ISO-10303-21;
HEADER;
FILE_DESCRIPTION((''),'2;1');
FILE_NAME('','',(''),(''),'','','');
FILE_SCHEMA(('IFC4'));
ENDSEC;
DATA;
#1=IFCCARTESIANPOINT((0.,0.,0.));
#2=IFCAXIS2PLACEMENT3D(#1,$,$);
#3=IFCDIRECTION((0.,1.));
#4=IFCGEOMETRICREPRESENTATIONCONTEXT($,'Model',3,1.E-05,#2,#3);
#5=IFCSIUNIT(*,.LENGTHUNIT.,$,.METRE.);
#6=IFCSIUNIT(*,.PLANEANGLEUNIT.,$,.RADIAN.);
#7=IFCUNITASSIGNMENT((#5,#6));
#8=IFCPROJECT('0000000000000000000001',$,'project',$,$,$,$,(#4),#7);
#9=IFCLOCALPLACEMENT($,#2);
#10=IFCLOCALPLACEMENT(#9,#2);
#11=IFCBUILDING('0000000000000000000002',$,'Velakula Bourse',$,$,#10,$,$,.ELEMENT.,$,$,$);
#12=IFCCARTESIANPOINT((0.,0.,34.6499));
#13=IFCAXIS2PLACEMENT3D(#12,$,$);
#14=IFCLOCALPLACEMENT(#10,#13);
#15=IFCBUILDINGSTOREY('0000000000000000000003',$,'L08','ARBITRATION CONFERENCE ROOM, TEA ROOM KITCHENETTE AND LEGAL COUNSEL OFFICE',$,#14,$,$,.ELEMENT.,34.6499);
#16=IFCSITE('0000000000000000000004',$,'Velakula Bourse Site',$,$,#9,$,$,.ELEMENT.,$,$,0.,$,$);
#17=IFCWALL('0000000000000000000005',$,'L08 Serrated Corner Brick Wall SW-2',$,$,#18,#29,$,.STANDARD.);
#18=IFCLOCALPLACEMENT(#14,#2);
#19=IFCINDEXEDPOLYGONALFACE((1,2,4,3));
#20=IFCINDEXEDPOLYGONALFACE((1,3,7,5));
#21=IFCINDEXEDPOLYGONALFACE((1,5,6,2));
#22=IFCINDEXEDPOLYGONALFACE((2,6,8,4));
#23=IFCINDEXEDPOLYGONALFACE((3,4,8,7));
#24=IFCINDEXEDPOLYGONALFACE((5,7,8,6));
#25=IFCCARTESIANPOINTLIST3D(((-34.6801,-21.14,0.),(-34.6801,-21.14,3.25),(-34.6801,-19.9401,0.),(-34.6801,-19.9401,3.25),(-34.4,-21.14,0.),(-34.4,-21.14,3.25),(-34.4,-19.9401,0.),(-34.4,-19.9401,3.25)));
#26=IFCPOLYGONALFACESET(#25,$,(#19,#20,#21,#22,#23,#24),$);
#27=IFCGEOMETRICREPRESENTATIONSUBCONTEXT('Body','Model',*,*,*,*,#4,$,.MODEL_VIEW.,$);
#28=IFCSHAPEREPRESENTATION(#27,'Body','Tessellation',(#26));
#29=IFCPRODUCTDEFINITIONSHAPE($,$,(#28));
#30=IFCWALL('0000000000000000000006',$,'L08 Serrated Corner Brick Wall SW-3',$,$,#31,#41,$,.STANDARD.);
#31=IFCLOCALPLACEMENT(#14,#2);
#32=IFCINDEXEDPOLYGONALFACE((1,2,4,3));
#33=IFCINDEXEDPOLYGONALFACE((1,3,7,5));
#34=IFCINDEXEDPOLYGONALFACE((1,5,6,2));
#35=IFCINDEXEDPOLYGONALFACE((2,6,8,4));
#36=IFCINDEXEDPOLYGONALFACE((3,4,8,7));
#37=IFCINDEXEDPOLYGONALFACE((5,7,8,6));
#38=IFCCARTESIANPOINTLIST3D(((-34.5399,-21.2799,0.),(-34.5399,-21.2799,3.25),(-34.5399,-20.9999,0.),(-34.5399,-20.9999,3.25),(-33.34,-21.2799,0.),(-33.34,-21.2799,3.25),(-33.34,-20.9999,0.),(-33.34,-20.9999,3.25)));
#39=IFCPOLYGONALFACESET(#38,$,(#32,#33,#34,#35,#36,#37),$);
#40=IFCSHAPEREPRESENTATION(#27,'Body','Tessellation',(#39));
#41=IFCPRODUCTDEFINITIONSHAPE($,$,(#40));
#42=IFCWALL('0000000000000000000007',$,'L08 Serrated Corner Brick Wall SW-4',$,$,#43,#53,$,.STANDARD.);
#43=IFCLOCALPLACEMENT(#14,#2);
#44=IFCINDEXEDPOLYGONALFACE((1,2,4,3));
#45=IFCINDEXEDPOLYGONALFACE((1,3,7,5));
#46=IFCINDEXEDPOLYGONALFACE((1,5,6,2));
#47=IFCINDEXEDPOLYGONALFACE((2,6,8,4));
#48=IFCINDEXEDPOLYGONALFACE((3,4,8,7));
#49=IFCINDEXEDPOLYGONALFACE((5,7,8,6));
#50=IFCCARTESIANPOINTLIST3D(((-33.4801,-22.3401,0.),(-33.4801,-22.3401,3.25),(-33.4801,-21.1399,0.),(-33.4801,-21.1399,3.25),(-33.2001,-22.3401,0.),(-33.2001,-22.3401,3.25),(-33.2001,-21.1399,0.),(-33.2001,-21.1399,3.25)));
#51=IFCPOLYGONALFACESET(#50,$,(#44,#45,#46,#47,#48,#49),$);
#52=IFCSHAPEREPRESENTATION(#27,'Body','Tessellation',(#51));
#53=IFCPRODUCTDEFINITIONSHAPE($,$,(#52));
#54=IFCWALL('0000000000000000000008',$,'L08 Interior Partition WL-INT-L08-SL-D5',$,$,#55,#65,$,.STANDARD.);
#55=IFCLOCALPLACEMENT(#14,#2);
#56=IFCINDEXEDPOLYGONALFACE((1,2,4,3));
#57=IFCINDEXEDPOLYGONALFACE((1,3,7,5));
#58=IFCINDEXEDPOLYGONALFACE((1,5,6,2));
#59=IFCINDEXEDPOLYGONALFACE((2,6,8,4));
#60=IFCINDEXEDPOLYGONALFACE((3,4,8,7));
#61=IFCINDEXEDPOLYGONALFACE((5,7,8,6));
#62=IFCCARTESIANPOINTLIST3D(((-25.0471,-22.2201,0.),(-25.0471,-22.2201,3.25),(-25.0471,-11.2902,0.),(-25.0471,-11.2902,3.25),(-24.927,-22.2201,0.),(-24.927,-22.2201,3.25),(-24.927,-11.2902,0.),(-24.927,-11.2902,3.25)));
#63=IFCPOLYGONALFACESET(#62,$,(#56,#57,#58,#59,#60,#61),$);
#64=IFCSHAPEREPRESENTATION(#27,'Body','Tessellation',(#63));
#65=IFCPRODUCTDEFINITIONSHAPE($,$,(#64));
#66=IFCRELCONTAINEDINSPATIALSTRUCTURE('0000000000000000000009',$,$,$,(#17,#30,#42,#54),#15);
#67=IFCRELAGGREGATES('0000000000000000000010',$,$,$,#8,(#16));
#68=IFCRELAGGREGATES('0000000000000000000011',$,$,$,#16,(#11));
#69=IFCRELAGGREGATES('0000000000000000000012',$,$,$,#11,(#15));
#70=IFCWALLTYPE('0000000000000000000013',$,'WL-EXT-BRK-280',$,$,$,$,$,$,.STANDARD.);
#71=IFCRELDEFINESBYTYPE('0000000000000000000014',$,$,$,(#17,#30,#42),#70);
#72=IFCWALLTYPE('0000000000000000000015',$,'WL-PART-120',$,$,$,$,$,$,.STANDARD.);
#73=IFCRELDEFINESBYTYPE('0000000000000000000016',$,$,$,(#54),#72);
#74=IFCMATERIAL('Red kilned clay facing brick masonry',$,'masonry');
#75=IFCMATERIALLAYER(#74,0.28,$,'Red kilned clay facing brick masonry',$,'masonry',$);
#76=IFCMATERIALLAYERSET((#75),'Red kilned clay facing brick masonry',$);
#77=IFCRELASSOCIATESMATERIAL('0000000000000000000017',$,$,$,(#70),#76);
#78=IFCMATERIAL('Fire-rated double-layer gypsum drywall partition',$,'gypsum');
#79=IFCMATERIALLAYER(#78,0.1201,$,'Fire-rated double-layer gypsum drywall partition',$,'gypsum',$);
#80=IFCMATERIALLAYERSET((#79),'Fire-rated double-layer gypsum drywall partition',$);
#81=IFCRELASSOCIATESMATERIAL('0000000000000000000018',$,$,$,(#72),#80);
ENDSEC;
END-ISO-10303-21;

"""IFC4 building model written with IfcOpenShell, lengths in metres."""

from ifc_helpers import new_model, si_unit, direction, frame, frame_2d, origin, place, context, subcontext, project, spatial, rectangle, extrude, material, layer, layer_set, type_object, element, save


model = new_model("IFC4")

# Units and contexts
model_context = context("Model", 3, precision=1e-05, world=origin(), true_north=direction((0.0, 1.0)))
body_context = subcontext(model_context, "Body", "Model", "MODEL_VIEW")
ifc_project = project(units=[si_unit("LENGTHUNIT", "METRE"), si_unit("PLANEANGLEUNIT", "RADIAN")], contexts=[model_context])

# Site, building, storey
site_placement = place(None, origin())
site = spatial("IfcSite", under=ifc_project, at=site_placement, Name="Velakula Bourse Site", CompositionType="ELEMENT", RefElevation=0.0)
building_placement = place(site_placement, origin())
building = spatial("IfcBuilding", under=site, at=building_placement, Name="Velakula Bourse", CompositionType="ELEMENT")
storey_placement = place(building_placement, frame((0.0, 0.0, 34.6499)))
storey = spatial("IfcBuildingStorey", under=building, at=storey_placement, Name="L08", Description="ARBITRATION CONFERENCE ROOM, TEA ROOM KITCHENETTE AND LEGAL COUNSEL OFFICE", CompositionType="ELEMENT", Elevation=34.6499)

# Shared definitions
ifc_material_1 = material(Name="Red kilned clay facing brick masonry", Category="masonry")
ifc_layer_1 = layer(ifc_material_1, 0.28, Name="Red kilned clay facing brick masonry", Category="masonry")
ifc_layer_set_1 = layer_set([ifc_layer_1], Name="Red kilned clay facing brick masonry")
wall_type_1 = type_object("IfcWallType", Name="WL-EXT-BRK-280", PredefinedType="STANDARD", material=ifc_layer_set_1)

# Walls
for number, where, z_axis, x_axis, name in (
    (1, (-34.54, -19.9399, 0.0), (0.0, 0.0, 1.0), (0.0, -1.0, 0.0), "L08 Serrated Corner Brick Wall SW-2"),
    (2, (-34.54, -21.1399, 0.0), (0.0, 0.0, 1.0), (1.0, 0.0, 0.0), "L08 Serrated Corner Brick Wall SW-3"),
):
    element("IfcWall", number, at=place(storey_placement, frame(where, z_axis=z_axis, x_axis=x_axis)), inside=storey, type_object=wall_type_1, Name=name, PredefinedType="STANDARD", context=body_context, shape_type="SweptSolid", body=[
        extrude(rectangle(XDim=1.2, YDim=0.28, at=frame_2d((0.6001, 0.0))), origin(), (0.0, 0.0, 1.0), 3.25),
    ])
wall_1_placement = place(storey_placement, frame((-33.3401, -21.1399, 0.0), z_axis=(0.0, 0.0, 1.0), x_axis=(0.0, -1.0, 0.0)))
element("IfcWall", 3, at=wall_1_placement, inside=storey, type_object=wall_type_1, Name="L08 Serrated Corner Brick Wall SW-4", PredefinedType="STANDARD", context=body_context, shape_type="SweptSolid", body=[
    extrude(rectangle(XDim=1.2002, YDim=0.28, at=frame_2d((0.6001, 0.0))), origin(), (0.0, 0.0, 1.0), 3.25),
])
ifc_material_2 = material(Name="Fire-rated double-layer gypsum drywall partition", Category="gypsum")
ifc_layer_2 = layer(ifc_material_2, 0.1201, Name="Fire-rated double-layer gypsum drywall partition", Category="gypsum")
ifc_layer_set_2 = layer_set([ifc_layer_2], Name="Fire-rated double-layer gypsum drywall partition")
wall_type_2 = type_object("IfcWallType", Name="WL-PART-120", PredefinedType="STANDARD", material=ifc_layer_set_2)
wall_2_placement = place(storey_placement, frame((-24.9871, -22.22, 0.0), z_axis=(0.0, 0.0, 1.0), x_axis=(0.0, 1.0, 0.0)))
element("IfcWall", 4, at=wall_2_placement, inside=storey, type_object=wall_type_2, Name="L08 Interior Partition WL-INT-L08-SL-D5", PredefinedType="STANDARD", context=body_context, shape_type="SweptSolid", body=[
    extrude(rectangle(XDim=10.9299, YDim=0.1201, at=frame_2d((5.4648, 0.0))), origin(), (0.0, 0.0, 1.0), 3.25),
])

save(model, "model.ifc")
